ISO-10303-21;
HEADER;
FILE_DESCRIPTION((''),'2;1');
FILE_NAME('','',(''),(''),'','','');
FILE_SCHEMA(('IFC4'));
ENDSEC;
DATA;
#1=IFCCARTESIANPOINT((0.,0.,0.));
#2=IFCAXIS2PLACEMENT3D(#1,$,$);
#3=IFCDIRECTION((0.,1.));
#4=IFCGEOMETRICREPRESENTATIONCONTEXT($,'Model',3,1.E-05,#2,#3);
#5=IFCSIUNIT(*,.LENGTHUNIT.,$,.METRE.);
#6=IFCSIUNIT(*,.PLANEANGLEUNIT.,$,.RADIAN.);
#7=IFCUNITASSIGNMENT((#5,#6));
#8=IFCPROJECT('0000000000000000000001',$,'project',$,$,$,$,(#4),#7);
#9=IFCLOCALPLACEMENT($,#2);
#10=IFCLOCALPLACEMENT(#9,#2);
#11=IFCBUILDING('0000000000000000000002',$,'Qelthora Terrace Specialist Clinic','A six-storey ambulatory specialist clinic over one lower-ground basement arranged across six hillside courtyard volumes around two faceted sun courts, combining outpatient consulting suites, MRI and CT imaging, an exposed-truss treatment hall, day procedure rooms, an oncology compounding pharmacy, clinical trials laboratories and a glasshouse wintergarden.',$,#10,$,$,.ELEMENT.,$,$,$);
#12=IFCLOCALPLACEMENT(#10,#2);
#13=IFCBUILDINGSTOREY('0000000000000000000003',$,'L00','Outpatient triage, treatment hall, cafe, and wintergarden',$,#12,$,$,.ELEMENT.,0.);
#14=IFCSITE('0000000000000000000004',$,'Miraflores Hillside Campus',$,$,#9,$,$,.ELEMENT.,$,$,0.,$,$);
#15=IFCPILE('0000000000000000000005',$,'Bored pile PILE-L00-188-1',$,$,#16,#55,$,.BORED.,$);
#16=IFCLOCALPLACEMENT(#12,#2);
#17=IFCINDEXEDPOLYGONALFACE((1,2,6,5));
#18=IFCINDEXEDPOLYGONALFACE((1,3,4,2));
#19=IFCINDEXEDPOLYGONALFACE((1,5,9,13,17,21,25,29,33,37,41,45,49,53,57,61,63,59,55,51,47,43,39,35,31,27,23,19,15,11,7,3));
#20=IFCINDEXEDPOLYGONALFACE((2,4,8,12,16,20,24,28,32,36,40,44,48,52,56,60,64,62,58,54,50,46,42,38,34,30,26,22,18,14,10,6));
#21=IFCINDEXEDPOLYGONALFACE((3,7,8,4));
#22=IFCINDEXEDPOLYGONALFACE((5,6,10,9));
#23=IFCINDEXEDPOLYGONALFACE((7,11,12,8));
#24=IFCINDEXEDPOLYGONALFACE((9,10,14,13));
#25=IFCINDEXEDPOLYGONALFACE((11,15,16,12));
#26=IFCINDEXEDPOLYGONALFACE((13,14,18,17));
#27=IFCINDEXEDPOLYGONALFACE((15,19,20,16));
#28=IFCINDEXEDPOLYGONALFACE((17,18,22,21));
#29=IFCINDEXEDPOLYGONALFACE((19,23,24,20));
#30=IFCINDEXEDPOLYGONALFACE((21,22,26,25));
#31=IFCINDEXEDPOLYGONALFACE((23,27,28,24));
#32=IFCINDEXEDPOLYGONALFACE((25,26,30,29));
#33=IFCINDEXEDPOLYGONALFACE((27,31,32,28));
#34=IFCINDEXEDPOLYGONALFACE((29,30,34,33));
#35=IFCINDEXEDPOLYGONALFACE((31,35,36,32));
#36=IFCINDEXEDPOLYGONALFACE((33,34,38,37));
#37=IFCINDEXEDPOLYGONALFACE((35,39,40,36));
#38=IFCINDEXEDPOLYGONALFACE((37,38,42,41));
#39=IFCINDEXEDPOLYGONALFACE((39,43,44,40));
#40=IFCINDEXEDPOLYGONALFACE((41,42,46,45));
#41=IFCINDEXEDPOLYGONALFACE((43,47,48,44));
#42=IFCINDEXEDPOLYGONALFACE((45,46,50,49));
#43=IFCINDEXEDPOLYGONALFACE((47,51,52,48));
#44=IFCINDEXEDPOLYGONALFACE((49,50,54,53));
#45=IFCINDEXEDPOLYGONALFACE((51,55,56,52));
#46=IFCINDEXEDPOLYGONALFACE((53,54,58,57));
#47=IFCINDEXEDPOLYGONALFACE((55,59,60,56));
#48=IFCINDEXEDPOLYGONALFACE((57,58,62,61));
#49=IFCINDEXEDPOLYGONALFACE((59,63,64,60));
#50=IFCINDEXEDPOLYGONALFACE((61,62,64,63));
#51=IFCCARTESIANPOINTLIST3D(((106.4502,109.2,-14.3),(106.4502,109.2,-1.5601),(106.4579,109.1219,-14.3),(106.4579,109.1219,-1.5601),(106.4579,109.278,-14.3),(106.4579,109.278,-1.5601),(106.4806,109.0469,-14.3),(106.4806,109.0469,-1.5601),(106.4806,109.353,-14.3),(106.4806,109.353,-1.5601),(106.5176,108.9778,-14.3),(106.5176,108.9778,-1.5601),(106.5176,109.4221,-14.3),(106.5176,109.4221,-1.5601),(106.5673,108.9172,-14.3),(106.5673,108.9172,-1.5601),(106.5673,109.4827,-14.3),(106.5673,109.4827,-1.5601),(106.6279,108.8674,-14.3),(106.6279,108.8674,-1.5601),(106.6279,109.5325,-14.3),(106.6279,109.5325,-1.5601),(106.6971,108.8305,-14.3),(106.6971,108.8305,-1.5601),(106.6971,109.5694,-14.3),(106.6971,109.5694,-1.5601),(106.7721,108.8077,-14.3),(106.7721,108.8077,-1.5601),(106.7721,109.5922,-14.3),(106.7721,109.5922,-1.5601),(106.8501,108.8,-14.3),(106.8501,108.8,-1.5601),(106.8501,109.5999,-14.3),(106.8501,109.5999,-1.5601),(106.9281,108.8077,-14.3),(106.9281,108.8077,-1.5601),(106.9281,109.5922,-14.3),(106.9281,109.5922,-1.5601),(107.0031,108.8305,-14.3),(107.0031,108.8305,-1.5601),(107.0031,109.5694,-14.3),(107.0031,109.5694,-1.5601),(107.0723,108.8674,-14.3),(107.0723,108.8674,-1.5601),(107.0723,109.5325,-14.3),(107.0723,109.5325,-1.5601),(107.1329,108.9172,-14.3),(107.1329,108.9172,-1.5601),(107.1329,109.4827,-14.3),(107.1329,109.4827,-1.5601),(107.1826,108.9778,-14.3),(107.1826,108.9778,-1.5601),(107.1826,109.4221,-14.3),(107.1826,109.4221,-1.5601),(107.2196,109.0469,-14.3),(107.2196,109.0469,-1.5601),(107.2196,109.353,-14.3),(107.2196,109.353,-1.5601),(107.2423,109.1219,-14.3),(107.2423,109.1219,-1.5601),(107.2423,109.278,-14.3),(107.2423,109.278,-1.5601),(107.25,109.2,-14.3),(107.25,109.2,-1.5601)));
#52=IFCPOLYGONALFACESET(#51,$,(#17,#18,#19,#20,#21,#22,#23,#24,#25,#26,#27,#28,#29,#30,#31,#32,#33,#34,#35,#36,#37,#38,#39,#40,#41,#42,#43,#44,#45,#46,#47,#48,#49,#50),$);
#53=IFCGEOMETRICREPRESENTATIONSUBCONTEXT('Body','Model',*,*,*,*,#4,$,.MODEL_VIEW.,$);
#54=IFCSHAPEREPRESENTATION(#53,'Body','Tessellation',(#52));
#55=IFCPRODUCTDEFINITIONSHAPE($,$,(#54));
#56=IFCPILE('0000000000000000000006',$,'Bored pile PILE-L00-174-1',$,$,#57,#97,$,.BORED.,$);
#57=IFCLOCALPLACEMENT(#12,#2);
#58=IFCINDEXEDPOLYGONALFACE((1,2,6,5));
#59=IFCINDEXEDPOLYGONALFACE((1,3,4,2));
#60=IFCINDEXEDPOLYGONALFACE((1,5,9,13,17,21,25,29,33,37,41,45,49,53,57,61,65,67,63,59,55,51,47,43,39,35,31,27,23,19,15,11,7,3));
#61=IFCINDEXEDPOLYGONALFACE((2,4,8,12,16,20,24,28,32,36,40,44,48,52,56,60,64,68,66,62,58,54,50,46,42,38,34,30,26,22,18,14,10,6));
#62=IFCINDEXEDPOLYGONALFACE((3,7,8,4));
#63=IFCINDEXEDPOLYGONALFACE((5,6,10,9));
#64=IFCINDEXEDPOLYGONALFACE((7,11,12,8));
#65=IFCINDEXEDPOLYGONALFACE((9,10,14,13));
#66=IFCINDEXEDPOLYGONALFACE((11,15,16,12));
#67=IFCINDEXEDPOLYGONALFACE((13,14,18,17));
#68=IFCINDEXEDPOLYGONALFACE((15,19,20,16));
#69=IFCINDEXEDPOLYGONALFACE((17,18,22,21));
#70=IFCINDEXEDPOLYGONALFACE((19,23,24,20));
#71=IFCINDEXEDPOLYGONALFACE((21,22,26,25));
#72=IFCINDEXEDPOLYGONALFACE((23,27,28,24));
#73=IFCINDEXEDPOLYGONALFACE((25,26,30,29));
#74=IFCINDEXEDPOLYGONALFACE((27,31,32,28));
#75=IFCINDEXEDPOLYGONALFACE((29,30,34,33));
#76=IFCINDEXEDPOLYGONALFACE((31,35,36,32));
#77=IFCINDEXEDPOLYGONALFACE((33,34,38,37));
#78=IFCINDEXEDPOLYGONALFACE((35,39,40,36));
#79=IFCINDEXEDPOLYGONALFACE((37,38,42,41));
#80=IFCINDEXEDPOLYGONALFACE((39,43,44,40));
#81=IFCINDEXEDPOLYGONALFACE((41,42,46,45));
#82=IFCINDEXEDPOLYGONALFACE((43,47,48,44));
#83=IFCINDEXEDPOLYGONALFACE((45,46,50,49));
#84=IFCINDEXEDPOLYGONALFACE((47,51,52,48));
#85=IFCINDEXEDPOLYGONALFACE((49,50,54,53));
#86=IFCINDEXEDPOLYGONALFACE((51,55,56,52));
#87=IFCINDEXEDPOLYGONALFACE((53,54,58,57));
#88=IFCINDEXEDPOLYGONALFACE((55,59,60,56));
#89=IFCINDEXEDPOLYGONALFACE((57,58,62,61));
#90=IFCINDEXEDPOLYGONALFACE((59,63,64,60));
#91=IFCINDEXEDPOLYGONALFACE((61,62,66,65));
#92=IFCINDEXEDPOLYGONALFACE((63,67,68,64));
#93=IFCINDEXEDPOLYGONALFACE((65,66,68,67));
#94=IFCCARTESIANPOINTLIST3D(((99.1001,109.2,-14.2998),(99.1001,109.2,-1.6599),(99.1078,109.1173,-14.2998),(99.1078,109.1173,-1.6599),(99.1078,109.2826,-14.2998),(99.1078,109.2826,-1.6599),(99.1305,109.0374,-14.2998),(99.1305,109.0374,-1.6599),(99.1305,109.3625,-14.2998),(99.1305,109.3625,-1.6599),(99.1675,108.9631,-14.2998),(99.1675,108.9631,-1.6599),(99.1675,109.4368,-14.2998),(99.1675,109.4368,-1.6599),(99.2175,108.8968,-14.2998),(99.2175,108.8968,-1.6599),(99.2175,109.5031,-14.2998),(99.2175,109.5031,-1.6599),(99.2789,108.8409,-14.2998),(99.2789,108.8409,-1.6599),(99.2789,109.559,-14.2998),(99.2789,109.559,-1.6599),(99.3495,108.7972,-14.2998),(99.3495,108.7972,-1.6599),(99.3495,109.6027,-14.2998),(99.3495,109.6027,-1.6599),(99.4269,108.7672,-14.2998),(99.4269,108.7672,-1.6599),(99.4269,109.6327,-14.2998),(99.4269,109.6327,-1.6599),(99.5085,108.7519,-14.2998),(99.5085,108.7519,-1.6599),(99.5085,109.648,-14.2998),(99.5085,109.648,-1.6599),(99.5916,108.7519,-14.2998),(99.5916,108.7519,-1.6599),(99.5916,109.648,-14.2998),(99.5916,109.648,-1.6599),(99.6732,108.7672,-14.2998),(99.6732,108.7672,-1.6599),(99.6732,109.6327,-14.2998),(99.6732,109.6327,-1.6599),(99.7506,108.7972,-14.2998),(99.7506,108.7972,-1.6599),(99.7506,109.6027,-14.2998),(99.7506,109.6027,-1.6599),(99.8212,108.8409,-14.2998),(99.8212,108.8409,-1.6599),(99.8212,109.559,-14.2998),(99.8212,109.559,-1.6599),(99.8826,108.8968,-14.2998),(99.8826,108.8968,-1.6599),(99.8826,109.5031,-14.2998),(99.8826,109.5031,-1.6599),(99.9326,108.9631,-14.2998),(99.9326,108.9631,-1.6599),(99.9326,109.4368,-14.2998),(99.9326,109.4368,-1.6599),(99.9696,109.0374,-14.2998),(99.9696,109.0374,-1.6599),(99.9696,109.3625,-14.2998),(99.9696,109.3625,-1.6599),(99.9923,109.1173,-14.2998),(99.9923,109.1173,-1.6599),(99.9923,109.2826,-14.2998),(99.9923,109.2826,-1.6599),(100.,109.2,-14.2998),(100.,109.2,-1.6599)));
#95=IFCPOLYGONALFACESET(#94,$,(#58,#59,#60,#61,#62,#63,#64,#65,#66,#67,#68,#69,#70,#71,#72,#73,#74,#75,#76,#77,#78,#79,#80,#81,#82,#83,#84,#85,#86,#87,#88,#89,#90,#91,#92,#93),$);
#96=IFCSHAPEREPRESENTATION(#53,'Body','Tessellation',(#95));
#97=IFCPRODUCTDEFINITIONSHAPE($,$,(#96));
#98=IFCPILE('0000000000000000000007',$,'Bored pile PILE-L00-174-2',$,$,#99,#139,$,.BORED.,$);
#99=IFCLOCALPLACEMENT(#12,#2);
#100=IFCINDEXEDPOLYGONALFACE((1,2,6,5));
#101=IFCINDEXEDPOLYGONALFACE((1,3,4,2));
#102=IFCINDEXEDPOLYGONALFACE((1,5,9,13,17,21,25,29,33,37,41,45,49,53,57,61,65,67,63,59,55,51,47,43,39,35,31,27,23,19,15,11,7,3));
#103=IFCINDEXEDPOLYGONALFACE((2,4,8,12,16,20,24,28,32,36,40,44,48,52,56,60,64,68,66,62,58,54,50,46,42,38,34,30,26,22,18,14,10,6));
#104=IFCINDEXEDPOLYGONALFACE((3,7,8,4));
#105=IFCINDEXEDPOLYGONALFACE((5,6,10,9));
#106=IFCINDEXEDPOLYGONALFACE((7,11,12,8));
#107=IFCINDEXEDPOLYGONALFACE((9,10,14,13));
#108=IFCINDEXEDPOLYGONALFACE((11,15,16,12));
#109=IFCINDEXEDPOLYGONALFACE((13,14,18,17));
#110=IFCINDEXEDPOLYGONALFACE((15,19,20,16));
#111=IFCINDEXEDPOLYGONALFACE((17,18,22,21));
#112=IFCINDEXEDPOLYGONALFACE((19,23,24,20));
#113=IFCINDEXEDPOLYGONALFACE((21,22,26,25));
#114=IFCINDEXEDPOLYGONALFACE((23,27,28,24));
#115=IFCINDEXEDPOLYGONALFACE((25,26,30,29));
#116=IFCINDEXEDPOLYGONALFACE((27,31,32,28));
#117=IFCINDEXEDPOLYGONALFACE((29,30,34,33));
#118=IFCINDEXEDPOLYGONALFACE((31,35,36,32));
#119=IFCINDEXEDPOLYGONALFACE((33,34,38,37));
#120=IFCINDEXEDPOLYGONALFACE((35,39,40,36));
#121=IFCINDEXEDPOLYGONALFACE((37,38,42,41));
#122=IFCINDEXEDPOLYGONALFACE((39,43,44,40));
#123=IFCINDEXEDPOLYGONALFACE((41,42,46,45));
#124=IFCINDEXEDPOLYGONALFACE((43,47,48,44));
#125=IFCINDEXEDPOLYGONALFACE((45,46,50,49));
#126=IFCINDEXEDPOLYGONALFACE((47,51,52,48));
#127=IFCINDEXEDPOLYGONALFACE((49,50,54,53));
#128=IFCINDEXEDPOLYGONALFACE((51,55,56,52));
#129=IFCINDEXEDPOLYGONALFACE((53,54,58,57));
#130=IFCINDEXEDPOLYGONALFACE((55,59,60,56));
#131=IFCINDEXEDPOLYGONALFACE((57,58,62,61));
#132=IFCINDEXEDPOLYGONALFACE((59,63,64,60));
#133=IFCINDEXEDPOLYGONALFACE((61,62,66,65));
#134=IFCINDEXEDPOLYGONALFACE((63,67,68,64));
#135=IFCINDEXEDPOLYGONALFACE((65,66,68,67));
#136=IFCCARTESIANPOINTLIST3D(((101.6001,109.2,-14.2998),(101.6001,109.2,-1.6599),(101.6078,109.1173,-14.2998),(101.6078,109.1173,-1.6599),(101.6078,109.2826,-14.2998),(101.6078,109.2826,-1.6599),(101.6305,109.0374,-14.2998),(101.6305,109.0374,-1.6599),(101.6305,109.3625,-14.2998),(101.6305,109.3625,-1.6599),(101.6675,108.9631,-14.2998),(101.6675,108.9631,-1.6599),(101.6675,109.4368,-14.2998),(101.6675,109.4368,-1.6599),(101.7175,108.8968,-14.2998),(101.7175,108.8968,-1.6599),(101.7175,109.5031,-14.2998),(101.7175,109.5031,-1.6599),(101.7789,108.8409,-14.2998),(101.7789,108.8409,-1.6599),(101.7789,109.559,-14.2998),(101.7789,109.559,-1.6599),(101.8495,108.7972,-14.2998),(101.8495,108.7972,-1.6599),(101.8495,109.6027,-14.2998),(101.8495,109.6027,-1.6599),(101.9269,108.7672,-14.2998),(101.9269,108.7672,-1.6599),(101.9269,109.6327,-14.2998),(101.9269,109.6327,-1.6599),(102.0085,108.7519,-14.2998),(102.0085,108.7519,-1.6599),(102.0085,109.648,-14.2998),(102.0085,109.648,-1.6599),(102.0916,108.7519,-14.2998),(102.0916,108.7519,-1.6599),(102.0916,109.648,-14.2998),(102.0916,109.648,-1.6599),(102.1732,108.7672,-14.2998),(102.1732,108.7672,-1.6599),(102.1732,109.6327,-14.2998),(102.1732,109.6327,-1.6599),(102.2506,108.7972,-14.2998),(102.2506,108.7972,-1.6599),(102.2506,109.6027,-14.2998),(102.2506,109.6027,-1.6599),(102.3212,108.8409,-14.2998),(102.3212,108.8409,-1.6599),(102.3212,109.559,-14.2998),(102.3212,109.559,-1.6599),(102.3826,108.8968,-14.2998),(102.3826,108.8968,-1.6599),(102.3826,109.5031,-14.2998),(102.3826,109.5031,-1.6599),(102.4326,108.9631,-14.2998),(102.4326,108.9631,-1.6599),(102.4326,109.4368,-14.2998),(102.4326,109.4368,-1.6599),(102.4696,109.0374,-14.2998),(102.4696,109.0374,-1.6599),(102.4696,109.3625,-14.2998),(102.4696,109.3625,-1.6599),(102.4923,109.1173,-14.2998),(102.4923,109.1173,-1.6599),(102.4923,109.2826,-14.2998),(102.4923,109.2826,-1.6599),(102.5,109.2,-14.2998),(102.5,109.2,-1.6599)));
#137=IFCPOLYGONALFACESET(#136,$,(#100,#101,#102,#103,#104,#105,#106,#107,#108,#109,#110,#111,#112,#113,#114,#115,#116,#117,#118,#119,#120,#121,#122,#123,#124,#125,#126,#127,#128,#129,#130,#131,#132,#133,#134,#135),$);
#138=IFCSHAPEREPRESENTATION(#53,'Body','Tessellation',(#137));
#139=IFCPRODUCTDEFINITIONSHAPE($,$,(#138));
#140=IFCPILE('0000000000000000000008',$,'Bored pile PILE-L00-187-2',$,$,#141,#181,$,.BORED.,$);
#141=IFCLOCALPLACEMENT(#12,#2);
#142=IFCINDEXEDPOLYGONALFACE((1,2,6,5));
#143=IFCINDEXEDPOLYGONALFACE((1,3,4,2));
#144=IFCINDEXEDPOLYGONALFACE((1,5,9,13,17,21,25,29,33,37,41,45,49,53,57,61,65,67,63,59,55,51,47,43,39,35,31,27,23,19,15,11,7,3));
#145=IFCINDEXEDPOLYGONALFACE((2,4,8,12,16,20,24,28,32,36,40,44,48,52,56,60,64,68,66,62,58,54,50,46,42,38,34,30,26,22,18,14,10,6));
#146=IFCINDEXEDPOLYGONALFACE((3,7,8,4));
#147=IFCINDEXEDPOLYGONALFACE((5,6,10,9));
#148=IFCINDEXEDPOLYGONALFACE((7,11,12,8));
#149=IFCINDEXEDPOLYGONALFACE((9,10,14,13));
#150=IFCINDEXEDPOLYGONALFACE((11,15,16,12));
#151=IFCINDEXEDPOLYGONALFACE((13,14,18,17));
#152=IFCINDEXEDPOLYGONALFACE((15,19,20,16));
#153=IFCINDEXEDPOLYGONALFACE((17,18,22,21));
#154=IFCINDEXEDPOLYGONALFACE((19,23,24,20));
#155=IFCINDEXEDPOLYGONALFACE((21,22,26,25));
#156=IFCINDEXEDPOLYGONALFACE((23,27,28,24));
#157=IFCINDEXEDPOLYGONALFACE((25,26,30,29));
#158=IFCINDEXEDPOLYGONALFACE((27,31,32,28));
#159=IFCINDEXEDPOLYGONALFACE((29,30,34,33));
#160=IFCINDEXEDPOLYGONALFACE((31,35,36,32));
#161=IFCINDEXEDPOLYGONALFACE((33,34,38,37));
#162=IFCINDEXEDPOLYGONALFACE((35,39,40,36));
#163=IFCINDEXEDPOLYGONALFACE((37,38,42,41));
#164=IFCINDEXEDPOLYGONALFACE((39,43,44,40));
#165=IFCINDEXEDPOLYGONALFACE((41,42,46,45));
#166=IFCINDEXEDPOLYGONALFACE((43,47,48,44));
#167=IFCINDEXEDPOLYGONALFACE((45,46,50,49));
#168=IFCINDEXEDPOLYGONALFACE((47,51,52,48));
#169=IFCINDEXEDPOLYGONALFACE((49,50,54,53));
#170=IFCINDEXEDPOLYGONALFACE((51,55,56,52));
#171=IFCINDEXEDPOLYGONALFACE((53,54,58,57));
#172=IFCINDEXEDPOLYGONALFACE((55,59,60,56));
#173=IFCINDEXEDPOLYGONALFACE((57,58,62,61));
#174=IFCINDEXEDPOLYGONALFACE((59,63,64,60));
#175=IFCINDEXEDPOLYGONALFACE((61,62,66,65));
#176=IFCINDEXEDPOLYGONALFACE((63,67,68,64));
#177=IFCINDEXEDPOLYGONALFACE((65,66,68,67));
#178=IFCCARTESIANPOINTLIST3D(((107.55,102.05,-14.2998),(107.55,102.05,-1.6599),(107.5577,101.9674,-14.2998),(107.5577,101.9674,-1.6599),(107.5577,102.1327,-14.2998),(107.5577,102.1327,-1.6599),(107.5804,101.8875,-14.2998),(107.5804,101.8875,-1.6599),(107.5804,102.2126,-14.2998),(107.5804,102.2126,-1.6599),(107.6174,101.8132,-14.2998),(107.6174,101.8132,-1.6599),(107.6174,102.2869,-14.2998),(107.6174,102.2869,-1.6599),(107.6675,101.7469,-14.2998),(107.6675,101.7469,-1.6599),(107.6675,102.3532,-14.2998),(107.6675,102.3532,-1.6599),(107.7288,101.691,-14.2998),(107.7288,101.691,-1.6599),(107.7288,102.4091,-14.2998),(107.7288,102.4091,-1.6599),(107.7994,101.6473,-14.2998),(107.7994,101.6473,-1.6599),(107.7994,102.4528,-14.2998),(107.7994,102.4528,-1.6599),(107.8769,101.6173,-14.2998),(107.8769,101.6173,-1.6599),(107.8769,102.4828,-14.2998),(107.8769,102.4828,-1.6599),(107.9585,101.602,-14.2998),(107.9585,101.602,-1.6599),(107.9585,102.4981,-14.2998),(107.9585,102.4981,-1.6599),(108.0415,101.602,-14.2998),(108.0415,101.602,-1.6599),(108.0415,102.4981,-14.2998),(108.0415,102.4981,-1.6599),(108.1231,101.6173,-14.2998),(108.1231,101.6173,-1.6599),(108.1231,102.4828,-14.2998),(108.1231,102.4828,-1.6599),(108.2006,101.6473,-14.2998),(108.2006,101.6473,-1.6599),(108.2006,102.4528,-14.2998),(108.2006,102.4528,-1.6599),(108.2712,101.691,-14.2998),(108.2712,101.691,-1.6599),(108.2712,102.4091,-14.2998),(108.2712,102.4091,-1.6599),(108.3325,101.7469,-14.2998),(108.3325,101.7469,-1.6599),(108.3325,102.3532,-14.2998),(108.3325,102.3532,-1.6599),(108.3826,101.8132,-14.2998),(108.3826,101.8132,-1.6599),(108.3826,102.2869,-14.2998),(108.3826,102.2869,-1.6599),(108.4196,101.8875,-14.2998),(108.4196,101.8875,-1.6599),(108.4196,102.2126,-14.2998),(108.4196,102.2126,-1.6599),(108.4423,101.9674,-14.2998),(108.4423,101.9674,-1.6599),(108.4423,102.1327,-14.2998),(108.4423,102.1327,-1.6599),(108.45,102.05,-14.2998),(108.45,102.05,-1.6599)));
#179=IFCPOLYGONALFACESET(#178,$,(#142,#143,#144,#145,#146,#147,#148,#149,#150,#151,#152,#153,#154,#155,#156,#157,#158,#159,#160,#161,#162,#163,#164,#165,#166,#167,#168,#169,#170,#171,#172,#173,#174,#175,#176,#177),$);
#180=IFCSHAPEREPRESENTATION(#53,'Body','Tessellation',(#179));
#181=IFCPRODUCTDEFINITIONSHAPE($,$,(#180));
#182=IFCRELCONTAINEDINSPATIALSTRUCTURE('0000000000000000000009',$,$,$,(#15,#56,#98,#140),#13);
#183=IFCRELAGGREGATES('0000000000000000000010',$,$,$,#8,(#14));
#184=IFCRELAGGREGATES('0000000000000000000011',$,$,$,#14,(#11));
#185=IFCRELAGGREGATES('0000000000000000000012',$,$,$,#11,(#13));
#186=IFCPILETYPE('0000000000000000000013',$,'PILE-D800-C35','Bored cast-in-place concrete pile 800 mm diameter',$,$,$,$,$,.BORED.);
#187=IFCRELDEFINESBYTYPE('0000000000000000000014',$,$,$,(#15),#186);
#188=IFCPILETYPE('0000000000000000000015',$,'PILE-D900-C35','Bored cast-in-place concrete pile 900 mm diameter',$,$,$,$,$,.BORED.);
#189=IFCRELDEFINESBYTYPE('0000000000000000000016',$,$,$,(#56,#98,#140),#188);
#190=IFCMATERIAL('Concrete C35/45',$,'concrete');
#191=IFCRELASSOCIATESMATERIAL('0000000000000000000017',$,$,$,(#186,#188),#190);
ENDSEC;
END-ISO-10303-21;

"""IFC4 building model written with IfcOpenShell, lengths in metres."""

from ifc_helpers import new_model, si_unit, direction, frame, origin, origin_2d, place, context, subcontext, project, spatial, circle, extrude, material, material_profile, profile_set, type_object, element, save


model = new_model("IFC4")

# Units and contexts
model_context = context("Model", 3, precision=1e-05, world=origin(), true_north=direction((0.0, 1.0)))
body_context = subcontext(model_context, "Body", "Model", "MODEL_VIEW")
ifc_project = project(units=[si_unit("LENGTHUNIT", "METRE"), si_unit("PLANEANGLEUNIT", "RADIAN")], contexts=[model_context])

# Site, building, storey
site_placement = place(None, origin())
site = spatial("IfcSite", under=ifc_project, at=site_placement, Name="Miraflores Hillside Campus", CompositionType="ELEMENT", RefElevation=0.0)
building_placement = place(site_placement, origin())
building = spatial("IfcBuilding", under=site, at=building_placement, Name="Qelthora Terrace Specialist Clinic", Description="A six-storey ambulatory specialist clinic over one lower-ground basement arranged across six hillside courtyard volumes around two faceted sun courts, combining outpatient consulting suites, MRI and CT imaging, an exposed-truss treatment hall, day procedure rooms, an oncology compounding pharmacy, clinical trials laboratories and a glasshouse wintergarden.", CompositionType="ELEMENT")
storey_placement = place(building_placement, origin())
storey = spatial("IfcBuildingStorey", under=building, at=storey_placement, Name="L00", Description="Outpatient triage, treatment hall, cafe, and wintergarden", CompositionType="ELEMENT", Elevation=0.0)

# Shared definitions
ifc_material_1 = material(Name="Concrete C35/45", Category="concrete")

# Piles
ifc_material_profile_1 = material_profile(ifc_material_1, circle(Radius=0.3999, at=origin_2d()), Name="PILE800")
ifc_profile_set_1 = profile_set([ifc_material_profile_1], Name="Concrete C35/45")
pile_type_1 = type_object("IfcPileType", Name="PILE-D800-C35", Description="Bored cast-in-place concrete pile 800 mm diameter", PredefinedType="BORED", material=ifc_profile_set_1)
for number, where, z_axis, x_axis, name in (
    (1, (106.8501, 109.2, -1.5601), (0.0, 0.0, -1.0), (1.0, 0.0, 0.0), "Bored pile PILE-L00-188-1"),
):
    element("IfcPile", number, at=place(storey_placement, frame(where, z_axis=z_axis, x_axis=x_axis)), inside=storey, type_object=pile_type_1, Name=name, PredefinedType="BORED", context=body_context, shape_type="SweptSolid", body=[
        extrude(circle(Radius=0.3999, at=origin_2d()), origin(), (0.0, 0.0, 1.0), 12.74),
    ])
ifc_material_profile_2 = material_profile(ifc_material_1, circle(Radius=0.45, at=origin_2d()), Name="PILE900")
ifc_profile_set_2 = profile_set([ifc_material_profile_2], Name="Concrete C35/45")
pile_type_2 = type_object("IfcPileType", Name="PILE-D900-C35", Description="Bored cast-in-place concrete pile 900 mm diameter", PredefinedType="BORED", material=ifc_profile_set_2)
for number, where, z_axis, x_axis, name in (
    (2, (99.55, 109.2, -1.6599), (0.0, 0.0, -1.0), (1.0, 0.0, 0.0), "Bored pile PILE-L00-174-1"),
    (3, (102.05, 109.2, -1.6599), (0.0, 0.0, -1.0), (1.0, 0.0, 0.0), "Bored pile PILE-L00-174-2"),
    (4, (108.0, 102.05, -1.6599), (0.0, 0.0, -1.0), (1.0, 0.0, 0.0), "Bored pile PILE-L00-187-2"),
):
    element("IfcPile", number, at=place(storey_placement, frame(where, z_axis=z_axis, x_axis=x_axis)), inside=storey, type_object=pile_type_2, Name=name, PredefinedType="BORED", context=body_context, shape_type="SweptSolid", body=[
        extrude(circle(Radius=0.45, at=origin_2d()), origin(), (0.0, 0.0, 1.0), 12.6399),
    ])

save(model, "model.ifc")
